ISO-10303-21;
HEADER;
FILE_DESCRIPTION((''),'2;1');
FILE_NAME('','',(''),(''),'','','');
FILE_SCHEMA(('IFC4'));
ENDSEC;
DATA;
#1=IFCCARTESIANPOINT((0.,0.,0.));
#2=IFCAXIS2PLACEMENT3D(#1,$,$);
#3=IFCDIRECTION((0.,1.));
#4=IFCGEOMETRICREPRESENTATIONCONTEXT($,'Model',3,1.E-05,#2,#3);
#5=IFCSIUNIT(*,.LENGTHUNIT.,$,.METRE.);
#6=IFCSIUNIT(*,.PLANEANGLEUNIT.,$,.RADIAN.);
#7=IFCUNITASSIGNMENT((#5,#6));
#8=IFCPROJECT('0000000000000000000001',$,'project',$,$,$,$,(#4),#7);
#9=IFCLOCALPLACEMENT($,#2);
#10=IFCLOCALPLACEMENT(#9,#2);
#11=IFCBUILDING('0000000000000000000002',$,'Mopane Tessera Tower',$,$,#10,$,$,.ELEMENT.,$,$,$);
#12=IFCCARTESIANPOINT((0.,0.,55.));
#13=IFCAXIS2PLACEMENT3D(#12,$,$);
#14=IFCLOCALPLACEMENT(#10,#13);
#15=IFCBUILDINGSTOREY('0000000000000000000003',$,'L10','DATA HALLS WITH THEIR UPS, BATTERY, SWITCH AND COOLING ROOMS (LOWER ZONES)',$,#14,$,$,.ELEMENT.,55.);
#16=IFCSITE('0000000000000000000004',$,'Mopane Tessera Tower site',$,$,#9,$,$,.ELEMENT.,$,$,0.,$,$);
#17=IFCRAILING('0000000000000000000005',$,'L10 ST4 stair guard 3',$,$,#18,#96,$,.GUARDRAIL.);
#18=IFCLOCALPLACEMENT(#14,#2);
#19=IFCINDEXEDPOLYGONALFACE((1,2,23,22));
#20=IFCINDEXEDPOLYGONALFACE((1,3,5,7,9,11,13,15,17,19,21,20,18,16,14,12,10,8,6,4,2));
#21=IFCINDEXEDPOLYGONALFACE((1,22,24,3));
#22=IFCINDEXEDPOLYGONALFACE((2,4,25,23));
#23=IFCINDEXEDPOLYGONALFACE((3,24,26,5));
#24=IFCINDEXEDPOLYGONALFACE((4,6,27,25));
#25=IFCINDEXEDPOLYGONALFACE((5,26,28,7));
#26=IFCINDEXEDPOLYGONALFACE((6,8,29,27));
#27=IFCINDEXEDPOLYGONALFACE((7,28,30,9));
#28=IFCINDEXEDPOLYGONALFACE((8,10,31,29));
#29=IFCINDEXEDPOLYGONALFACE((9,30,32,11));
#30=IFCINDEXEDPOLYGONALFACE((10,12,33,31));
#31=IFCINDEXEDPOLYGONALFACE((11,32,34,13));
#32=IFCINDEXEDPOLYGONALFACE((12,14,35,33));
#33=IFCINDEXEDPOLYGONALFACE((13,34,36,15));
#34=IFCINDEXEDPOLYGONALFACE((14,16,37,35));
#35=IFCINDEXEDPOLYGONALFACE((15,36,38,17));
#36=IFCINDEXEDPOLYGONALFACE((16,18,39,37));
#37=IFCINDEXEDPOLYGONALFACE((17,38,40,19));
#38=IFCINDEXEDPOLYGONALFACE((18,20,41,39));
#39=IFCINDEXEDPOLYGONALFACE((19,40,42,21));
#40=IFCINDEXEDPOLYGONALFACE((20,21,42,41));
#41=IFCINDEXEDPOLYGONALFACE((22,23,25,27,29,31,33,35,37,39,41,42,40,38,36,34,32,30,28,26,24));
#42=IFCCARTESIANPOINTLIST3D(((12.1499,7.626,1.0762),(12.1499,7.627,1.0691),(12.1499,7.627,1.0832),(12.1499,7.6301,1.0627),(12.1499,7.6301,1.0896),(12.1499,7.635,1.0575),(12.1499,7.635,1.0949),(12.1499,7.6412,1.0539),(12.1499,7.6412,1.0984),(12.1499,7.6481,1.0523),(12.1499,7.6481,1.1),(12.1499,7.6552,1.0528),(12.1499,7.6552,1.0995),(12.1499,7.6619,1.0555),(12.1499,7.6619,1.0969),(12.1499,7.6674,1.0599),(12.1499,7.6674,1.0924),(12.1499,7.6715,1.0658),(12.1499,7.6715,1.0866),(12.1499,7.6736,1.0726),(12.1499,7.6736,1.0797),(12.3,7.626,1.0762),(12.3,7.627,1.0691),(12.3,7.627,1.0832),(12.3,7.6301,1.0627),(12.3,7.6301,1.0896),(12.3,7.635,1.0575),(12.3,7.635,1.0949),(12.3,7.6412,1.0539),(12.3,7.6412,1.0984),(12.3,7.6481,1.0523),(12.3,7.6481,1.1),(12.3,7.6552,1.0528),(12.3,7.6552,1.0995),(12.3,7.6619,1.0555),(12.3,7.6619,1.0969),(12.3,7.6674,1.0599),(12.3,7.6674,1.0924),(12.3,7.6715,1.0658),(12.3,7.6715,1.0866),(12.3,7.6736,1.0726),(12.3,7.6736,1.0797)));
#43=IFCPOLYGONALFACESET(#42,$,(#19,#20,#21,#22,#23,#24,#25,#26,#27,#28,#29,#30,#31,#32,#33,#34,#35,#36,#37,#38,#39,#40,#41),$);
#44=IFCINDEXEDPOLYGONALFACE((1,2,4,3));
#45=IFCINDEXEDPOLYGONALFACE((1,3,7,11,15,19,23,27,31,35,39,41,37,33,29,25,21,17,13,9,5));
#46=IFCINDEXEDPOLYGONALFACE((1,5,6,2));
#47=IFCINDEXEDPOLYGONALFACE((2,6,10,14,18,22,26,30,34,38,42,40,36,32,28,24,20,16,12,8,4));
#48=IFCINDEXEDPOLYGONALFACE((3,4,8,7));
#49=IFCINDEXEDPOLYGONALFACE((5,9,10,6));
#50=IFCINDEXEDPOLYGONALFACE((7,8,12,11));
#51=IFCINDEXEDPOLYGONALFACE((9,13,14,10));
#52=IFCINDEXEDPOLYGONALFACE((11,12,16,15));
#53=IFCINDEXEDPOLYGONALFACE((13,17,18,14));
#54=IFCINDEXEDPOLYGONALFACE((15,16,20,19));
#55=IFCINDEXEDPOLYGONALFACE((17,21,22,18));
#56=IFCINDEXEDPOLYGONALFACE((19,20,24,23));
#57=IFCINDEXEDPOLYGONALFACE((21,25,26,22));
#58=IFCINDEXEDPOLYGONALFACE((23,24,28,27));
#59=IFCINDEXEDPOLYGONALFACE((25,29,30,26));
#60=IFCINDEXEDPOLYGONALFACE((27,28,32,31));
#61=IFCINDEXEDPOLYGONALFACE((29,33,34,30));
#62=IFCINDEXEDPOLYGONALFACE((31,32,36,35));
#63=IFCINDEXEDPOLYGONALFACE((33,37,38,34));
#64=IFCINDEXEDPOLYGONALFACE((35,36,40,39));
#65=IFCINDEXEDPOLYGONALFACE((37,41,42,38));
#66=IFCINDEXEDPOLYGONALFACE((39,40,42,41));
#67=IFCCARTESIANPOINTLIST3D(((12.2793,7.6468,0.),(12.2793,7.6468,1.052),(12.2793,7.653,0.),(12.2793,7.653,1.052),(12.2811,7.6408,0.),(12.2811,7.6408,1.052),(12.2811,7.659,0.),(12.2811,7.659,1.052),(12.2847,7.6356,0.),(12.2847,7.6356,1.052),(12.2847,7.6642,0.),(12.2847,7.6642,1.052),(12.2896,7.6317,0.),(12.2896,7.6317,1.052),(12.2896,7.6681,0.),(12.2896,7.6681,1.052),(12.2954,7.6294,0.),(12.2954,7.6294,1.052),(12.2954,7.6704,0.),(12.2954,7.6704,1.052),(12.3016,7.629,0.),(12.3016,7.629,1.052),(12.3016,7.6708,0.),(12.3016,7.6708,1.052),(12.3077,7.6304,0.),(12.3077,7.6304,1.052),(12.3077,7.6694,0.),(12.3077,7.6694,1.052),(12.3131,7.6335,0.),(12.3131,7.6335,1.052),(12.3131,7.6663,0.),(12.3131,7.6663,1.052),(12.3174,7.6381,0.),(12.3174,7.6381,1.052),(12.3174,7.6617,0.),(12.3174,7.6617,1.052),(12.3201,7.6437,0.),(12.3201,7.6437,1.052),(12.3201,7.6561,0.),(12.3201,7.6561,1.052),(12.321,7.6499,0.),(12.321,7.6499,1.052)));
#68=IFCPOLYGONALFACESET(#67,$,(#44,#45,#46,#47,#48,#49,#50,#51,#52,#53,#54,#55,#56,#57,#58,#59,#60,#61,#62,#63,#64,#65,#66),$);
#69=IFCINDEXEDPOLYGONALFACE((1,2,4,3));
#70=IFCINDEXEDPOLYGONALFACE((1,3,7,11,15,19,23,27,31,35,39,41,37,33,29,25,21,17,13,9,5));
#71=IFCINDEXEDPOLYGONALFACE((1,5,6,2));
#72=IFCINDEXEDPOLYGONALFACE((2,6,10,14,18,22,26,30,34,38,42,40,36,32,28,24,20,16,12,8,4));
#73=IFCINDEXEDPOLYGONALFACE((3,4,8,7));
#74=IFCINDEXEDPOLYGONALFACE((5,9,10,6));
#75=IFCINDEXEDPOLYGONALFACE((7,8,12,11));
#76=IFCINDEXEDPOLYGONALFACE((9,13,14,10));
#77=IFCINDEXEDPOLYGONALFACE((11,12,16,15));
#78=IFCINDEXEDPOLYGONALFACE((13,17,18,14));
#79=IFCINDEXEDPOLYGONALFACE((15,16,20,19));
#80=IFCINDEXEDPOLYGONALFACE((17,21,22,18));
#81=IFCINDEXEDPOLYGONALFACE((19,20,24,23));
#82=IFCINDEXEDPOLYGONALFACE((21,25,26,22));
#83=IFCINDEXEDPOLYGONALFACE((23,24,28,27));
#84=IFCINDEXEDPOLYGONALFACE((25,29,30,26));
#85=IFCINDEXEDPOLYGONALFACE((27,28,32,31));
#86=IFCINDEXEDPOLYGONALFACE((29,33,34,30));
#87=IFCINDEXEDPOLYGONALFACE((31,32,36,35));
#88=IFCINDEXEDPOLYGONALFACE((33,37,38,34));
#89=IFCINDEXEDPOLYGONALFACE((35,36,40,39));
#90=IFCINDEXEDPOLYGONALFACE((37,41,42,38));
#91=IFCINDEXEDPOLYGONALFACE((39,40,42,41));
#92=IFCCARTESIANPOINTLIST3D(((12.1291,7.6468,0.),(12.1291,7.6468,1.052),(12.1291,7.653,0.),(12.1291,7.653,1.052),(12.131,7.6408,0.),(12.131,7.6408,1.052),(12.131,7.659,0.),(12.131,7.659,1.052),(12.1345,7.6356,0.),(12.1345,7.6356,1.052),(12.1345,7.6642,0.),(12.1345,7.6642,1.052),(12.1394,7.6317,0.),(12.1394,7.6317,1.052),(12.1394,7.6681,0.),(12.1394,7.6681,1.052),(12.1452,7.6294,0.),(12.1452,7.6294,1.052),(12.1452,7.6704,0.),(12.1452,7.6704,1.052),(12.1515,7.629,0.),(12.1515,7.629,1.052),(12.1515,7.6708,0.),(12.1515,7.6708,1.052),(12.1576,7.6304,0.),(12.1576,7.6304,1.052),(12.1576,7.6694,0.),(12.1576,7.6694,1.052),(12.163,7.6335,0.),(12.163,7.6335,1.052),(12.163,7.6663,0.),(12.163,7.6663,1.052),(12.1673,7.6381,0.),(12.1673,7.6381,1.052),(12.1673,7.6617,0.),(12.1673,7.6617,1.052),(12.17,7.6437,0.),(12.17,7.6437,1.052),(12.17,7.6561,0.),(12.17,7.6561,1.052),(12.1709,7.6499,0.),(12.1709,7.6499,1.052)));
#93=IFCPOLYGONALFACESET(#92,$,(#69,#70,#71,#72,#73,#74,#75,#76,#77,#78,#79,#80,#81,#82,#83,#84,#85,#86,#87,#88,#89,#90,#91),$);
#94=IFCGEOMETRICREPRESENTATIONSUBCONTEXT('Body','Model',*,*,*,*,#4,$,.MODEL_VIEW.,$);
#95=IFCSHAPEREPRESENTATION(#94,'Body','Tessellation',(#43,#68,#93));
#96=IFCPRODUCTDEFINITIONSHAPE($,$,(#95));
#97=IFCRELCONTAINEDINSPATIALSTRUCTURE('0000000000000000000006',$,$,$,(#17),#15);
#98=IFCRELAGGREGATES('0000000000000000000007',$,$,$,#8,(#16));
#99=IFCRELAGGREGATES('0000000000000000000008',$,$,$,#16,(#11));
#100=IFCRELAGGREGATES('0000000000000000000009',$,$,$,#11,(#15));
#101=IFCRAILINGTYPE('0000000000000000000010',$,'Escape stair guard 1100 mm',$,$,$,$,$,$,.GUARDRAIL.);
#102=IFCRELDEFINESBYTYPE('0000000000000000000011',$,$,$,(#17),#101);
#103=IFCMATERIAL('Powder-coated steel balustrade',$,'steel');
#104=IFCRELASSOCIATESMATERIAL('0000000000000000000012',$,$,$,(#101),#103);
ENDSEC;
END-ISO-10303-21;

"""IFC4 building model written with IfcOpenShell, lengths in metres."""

from ifc_helpers import new_model, si_unit, direction, frame, origin, origin_2d, place, context, subcontext, project, spatial, circle, extrude, material, type_object, element, save


model = new_model("IFC4")

# Units and contexts
model_context = context("Model", 3, precision=1e-05, world=origin(), true_north=direction((0.0, 1.0)))
body_context = subcontext(model_context, "Body", "Model", "MODEL_VIEW")
ifc_project = project(units=[si_unit("LENGTHUNIT", "METRE"), si_unit("PLANEANGLEUNIT", "RADIAN")], contexts=[model_context])

# Site, building, storey
site_placement = place(None, origin())
site = spatial("IfcSite", under=ifc_project, at=site_placement, Name="Mopane Tessera Tower site", CompositionType="ELEMENT", RefElevation=0.0)
building_placement = place(site_placement, origin())
building = spatial("IfcBuilding", under=site, at=building_placement, Name="Mopane Tessera Tower", CompositionType="ELEMENT")
storey_placement = place(building_placement, frame((0.0, 0.0, 55.0)))
storey = spatial("IfcBuildingStorey", under=building, at=storey_placement, Name="L10", Description="DATA HALLS WITH THEIR UPS, BATTERY, SWITCH AND COOLING ROOMS (LOWER ZONES)", CompositionType="ELEMENT", Elevation=55.0)

# Railing
ifc_material_1 = material(Name="Powder-coated steel balustrade", Category="steel")
railing_type_1 = type_object("IfcRailingType", Name="Escape stair guard 1100 mm", PredefinedType="GUARDRAIL", material=ifc_material_1)
railing_1_placement = place(storey_placement, frame((12.3, 7.6499, 0.0)))
element("IfcRailing", 1, at=railing_1_placement, inside=storey, type_object=railing_type_1, Name="L10 ST4 stair guard 3", PredefinedType="GUARDRAIL", context=body_context, shape_type="SweptSolid", body=[
    extrude(circle(Radius=0.0239, at=origin_2d()), frame((0.0, 0.0, 1.0762), z_axis=(-1.0, 0.0, 0.0), x_axis=(0.0, -1.0, 0.0)), (0.0, 0.0, 1.0), 0.1501),
    extrude(circle(Radius=0.021, at=origin_2d()), origin(), (0.0, 0.0, 1.0), 1.052),
    extrude(circle(Radius=0.021, at=origin_2d()), frame((-0.1501, 0.0, 0.0)), (0.0, 0.0, 1.0), 1.052),
])

save(model, "model.ifc")
